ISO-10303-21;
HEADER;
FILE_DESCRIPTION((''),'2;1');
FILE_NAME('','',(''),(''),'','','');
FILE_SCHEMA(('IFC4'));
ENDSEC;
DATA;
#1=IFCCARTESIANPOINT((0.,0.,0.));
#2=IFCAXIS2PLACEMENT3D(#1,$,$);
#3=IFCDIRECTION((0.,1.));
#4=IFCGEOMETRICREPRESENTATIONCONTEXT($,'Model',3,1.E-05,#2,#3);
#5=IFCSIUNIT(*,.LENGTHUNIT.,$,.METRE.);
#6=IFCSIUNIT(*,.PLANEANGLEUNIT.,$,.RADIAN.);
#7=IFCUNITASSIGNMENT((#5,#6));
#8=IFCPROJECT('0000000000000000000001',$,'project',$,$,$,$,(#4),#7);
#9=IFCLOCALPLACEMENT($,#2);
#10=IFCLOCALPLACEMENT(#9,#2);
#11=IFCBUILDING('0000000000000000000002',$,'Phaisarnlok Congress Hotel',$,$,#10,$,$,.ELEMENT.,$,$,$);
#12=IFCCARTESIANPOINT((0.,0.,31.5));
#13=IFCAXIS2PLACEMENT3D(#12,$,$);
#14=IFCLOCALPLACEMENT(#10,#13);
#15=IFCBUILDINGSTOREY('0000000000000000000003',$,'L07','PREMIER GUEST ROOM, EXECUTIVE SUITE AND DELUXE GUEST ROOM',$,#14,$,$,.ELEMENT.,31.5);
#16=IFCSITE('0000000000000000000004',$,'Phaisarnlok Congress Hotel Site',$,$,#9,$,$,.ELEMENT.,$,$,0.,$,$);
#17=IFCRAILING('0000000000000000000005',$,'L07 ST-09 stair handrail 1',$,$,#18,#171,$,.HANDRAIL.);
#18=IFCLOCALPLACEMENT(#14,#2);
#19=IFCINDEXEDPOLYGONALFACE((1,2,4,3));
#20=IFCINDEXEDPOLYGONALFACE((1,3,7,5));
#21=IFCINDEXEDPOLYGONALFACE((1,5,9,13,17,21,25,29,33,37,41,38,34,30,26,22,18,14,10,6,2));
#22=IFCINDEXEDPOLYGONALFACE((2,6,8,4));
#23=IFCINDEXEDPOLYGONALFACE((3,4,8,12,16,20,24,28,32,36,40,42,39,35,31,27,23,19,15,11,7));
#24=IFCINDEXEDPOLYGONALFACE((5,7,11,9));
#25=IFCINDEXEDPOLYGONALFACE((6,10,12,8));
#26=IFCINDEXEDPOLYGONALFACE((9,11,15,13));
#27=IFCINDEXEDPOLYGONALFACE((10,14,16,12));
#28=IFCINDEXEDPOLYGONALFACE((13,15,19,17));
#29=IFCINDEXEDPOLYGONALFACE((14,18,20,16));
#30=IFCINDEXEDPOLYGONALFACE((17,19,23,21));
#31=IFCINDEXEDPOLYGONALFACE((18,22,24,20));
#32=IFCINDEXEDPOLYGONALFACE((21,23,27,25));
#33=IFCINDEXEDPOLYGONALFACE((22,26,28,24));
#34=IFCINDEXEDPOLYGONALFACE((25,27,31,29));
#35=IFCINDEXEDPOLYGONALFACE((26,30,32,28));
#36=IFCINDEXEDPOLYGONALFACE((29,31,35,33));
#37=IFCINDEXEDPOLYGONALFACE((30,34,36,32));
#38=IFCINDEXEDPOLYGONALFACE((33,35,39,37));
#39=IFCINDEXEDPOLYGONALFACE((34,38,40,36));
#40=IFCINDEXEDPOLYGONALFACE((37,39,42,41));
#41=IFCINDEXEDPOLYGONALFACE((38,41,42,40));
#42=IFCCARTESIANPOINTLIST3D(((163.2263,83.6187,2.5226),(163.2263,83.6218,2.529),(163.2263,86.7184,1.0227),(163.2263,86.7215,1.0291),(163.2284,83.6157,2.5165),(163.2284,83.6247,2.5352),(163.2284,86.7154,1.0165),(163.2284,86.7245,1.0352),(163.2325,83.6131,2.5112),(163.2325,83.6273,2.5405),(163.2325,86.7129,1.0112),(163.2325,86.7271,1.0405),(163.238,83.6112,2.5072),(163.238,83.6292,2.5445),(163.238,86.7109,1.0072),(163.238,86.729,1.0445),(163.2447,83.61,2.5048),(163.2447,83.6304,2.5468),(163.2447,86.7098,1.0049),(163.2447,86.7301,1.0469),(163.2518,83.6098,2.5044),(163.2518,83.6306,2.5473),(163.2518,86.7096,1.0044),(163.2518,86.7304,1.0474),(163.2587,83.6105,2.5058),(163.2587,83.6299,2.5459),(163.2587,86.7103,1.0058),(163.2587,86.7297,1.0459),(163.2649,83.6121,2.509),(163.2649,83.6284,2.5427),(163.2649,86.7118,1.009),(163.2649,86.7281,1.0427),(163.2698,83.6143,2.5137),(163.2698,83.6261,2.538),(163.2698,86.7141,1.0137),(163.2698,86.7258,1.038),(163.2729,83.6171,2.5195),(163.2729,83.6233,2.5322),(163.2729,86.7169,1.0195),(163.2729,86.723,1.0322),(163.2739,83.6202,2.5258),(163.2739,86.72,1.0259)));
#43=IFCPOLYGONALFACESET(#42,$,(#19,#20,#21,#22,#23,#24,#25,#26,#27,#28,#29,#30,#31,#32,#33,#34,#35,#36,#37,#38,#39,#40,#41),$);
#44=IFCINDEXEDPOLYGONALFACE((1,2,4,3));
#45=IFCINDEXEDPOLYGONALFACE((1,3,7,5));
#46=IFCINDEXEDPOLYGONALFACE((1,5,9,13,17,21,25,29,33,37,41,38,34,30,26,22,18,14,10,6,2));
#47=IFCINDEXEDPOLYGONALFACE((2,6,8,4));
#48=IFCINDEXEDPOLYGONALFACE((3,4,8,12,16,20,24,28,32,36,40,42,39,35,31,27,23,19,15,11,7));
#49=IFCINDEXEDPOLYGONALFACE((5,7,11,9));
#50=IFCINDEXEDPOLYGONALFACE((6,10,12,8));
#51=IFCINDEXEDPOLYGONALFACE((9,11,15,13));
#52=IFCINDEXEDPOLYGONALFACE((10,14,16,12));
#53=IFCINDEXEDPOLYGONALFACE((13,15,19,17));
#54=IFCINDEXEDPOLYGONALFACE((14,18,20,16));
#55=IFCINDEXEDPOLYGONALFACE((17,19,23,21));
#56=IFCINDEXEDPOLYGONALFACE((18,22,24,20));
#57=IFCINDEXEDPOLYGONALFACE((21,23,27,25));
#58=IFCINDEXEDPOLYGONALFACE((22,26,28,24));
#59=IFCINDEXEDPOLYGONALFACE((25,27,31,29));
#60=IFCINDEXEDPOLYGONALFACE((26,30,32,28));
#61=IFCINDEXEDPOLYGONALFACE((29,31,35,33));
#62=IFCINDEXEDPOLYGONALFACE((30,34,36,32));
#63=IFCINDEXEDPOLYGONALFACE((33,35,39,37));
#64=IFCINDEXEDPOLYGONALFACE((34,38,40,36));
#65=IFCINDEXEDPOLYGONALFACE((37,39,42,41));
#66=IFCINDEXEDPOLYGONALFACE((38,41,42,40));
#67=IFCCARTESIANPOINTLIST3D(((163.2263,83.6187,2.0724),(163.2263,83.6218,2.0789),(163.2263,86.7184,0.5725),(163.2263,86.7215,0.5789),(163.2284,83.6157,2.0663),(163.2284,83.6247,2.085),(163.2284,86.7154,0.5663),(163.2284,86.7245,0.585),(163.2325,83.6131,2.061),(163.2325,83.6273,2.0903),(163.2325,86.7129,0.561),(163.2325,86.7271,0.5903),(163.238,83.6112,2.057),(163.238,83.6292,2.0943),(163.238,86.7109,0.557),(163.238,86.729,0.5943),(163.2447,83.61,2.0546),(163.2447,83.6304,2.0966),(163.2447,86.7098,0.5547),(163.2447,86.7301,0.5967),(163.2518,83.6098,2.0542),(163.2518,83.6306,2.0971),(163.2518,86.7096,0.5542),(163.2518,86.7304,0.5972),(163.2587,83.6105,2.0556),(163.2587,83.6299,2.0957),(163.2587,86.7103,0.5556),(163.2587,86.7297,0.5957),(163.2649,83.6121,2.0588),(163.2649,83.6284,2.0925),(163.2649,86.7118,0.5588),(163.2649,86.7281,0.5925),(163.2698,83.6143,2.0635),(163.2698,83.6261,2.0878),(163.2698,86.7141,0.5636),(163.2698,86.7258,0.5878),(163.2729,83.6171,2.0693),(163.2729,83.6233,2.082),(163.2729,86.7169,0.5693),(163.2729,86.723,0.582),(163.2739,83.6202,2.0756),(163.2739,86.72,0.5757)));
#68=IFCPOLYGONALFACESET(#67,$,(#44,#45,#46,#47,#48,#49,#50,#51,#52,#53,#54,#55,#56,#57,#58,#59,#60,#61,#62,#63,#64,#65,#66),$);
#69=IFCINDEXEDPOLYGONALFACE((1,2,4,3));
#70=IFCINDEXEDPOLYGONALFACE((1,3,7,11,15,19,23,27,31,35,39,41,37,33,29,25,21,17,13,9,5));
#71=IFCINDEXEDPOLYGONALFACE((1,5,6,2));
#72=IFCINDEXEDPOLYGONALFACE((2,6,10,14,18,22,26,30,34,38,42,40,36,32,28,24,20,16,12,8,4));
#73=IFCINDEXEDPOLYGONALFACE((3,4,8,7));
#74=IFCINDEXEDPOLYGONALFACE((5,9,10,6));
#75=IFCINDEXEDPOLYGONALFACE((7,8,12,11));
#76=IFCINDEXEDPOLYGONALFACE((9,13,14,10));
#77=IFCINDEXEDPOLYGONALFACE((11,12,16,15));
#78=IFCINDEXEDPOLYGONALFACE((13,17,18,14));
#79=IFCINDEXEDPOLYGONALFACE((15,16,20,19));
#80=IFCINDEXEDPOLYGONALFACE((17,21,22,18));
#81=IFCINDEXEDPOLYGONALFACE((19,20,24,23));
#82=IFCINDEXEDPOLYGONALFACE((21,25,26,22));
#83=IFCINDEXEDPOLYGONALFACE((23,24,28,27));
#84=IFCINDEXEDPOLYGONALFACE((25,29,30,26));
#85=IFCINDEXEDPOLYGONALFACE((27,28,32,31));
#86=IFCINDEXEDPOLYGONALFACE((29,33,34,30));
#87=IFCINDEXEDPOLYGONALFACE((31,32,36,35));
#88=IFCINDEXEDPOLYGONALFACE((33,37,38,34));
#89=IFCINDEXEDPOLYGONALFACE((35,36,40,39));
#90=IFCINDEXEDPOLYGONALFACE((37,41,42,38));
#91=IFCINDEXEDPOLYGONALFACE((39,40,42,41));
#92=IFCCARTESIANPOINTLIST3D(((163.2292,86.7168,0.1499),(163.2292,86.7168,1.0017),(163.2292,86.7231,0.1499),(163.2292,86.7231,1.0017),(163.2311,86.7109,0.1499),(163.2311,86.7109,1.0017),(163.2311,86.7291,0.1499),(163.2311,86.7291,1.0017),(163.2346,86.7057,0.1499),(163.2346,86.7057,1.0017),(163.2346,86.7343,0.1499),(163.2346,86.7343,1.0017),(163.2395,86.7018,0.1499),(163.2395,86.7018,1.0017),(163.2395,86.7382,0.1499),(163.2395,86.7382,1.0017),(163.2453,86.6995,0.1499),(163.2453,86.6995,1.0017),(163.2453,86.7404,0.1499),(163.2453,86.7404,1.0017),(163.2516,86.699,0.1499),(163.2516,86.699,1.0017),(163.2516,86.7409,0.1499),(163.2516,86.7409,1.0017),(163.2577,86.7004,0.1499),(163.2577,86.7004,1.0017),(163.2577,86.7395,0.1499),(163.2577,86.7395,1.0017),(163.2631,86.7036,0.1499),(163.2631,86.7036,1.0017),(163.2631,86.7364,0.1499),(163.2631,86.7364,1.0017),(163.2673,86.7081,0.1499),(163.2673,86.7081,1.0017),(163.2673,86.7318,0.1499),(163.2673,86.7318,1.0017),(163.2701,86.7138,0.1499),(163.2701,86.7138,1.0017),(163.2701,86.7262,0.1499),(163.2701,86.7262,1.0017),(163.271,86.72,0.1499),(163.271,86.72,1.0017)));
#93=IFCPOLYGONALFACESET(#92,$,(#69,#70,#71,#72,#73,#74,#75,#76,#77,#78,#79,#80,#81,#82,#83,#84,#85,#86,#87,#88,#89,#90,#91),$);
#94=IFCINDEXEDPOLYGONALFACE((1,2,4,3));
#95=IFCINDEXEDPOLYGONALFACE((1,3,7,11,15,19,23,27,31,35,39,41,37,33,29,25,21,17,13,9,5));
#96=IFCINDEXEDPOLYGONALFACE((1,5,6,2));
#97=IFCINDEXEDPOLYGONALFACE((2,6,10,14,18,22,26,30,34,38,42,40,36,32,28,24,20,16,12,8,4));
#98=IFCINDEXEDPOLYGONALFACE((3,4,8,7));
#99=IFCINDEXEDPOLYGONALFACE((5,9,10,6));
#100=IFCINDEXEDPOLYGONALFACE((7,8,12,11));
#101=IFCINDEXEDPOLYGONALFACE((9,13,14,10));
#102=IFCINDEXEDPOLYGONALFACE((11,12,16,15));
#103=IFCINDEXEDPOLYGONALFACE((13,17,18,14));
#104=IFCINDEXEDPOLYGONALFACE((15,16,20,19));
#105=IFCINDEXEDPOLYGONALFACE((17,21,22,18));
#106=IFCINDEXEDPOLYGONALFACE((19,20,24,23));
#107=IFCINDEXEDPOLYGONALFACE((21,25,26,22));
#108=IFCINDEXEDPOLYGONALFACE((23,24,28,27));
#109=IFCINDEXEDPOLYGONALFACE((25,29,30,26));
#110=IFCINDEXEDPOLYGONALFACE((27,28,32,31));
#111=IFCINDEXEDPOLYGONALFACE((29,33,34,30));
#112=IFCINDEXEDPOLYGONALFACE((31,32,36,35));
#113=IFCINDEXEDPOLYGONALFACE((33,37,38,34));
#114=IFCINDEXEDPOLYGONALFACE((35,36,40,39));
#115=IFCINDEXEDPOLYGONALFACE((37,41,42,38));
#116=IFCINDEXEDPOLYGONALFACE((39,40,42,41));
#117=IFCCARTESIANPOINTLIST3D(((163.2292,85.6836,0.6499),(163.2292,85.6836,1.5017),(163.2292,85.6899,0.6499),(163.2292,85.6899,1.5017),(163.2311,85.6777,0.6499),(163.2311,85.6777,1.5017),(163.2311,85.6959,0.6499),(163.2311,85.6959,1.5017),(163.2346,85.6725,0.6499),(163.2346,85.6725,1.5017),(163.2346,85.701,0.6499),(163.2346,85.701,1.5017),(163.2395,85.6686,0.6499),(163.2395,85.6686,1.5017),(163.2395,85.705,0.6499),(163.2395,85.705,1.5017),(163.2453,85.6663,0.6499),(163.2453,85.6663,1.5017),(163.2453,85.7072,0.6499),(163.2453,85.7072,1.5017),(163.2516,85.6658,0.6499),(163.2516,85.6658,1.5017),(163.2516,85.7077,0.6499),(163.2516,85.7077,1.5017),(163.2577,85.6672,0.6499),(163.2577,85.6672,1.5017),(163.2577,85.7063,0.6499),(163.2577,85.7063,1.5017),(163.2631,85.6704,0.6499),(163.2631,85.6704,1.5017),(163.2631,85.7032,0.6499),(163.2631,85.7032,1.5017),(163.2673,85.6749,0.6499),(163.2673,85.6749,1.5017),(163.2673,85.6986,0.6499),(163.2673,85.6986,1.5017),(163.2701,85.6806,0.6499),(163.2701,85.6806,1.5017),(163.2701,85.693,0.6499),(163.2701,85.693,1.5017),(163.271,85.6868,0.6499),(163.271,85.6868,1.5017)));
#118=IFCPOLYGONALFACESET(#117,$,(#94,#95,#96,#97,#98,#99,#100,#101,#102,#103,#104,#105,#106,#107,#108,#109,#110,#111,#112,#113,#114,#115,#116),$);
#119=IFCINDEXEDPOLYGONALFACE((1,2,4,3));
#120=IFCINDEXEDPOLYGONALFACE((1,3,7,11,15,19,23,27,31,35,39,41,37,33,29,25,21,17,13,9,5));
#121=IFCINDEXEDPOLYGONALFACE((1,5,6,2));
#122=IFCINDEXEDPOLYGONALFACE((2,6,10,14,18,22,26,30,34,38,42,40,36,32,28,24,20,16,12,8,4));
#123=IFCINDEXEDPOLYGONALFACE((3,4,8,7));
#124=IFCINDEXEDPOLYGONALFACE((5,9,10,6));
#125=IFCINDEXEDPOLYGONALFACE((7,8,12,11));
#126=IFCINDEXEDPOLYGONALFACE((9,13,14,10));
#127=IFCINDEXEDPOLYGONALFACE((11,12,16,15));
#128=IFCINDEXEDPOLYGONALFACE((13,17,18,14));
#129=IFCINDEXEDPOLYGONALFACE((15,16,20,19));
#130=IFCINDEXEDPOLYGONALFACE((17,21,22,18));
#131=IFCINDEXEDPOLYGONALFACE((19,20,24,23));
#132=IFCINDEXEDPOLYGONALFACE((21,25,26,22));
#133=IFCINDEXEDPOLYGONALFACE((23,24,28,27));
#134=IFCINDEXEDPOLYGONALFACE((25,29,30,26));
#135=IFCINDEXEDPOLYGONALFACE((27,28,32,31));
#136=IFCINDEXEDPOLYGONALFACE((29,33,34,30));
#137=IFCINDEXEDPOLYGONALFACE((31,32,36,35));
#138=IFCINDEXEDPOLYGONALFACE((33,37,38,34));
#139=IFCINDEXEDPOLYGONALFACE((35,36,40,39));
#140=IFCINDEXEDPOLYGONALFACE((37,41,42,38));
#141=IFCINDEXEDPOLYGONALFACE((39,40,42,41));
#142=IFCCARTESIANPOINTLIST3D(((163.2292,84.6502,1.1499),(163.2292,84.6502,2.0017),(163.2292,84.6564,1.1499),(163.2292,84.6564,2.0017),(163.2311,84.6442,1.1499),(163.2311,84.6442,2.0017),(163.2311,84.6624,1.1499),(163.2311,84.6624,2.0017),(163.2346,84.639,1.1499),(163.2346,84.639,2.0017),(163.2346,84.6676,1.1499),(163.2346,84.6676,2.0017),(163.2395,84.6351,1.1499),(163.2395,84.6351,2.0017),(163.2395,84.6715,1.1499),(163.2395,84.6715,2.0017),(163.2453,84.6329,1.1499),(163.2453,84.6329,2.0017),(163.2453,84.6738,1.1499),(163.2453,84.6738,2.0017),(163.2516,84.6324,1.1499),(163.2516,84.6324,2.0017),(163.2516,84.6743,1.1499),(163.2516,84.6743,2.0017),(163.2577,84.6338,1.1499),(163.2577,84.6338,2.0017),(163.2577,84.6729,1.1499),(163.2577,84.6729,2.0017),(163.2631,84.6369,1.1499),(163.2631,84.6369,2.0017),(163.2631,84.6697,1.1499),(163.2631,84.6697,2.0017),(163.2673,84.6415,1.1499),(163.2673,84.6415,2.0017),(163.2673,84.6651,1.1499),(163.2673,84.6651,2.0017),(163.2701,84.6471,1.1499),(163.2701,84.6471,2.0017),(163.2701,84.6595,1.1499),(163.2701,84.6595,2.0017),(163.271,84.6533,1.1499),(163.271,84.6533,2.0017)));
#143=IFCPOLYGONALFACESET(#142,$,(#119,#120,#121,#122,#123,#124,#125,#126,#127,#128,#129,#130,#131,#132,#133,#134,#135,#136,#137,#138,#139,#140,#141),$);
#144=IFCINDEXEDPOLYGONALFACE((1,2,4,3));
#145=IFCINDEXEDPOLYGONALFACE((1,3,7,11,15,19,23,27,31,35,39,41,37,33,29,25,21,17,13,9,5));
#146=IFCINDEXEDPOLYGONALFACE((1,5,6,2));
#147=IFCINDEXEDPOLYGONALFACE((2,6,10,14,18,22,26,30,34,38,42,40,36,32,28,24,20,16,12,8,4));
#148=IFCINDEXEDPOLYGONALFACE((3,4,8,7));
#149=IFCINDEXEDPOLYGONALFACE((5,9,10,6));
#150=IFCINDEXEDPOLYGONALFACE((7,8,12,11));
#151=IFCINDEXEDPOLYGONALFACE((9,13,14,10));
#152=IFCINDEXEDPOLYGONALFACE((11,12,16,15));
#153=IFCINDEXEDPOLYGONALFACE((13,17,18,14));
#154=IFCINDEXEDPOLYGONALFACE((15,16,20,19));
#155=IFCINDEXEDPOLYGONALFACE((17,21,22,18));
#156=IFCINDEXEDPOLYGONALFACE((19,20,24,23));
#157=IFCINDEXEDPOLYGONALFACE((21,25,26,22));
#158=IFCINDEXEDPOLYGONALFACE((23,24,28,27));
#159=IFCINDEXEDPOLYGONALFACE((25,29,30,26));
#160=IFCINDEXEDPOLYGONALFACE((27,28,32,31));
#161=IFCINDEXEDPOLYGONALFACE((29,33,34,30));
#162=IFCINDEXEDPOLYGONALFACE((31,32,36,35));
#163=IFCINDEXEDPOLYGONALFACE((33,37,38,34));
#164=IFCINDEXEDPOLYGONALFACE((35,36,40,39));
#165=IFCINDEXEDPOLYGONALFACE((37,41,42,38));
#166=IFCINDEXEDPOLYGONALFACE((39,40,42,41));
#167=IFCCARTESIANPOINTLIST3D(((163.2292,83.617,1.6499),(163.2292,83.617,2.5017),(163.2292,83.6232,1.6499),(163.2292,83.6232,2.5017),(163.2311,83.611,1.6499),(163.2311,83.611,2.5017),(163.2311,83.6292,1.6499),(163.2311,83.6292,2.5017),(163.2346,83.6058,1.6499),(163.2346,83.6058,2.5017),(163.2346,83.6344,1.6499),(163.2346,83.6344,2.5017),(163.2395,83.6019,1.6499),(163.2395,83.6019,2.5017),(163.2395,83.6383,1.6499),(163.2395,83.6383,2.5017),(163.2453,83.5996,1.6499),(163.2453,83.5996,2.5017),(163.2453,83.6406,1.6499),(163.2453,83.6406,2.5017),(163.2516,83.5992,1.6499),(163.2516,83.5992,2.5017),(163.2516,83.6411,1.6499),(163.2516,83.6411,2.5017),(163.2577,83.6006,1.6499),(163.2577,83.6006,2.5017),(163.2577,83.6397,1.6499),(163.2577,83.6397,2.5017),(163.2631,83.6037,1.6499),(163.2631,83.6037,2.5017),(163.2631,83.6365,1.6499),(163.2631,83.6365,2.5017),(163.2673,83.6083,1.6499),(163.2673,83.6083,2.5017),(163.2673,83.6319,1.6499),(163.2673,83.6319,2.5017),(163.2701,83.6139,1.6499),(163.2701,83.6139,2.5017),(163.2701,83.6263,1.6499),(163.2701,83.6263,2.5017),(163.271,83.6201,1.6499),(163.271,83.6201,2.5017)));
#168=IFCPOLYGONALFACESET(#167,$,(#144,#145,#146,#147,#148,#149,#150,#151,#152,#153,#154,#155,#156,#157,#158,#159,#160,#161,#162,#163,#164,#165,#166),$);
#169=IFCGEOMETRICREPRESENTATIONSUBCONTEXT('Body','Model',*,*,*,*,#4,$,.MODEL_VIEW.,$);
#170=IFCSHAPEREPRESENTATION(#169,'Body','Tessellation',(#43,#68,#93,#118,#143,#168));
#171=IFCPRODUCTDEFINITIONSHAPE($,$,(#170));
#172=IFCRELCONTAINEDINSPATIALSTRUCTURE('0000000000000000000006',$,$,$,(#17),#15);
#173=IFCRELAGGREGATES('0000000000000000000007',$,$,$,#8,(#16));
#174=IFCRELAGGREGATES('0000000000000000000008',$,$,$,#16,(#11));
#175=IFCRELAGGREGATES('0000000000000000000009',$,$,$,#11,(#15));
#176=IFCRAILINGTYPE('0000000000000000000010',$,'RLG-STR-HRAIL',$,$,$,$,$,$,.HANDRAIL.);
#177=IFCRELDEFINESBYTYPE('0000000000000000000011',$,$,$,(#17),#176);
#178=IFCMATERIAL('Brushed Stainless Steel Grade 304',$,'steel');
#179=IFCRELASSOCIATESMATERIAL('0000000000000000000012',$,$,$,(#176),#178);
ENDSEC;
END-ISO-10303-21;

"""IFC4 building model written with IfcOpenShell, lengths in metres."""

from ifc_helpers import new_model, si_unit, direction, frame, origin, origin_2d, place, context, subcontext, project, spatial, circle, extrude, material, type_object, element, save


model = new_model("IFC4")

# Units and contexts
model_context = context("Model", 3, precision=1e-05, world=origin(), true_north=direction((0.0, 1.0)))
body_context = subcontext(model_context, "Body", "Model", "MODEL_VIEW")
ifc_project = project(units=[si_unit("LENGTHUNIT", "METRE"), si_unit("PLANEANGLEUNIT", "RADIAN")], contexts=[model_context])

# Site, building, storey
site_placement = place(None, origin())
site = spatial("IfcSite", under=ifc_project, at=site_placement, Name="Phaisarnlok Congress Hotel Site", CompositionType="ELEMENT", RefElevation=0.0)
building_placement = place(site_placement, origin())
building = spatial("IfcBuilding", under=site, at=building_placement, Name="Phaisarnlok Congress Hotel", CompositionType="ELEMENT")
storey_placement = place(building_placement, frame((0.0, 0.0, 31.5)))
storey = spatial("IfcBuildingStorey", under=building, at=storey_placement, Name="L07", Description="PREMIER GUEST ROOM, EXECUTIVE SUITE AND DELUXE GUEST ROOM", CompositionType="ELEMENT", Elevation=31.5)

# Shared definitions
ifc_material_1 = material(Name="Brushed Stainless Steel Grade 304", Category="steel")

# Railing
railing_type_1 = type_object("IfcRailingType", Name="RLG-STR-HRAIL", PredefinedType="HANDRAIL", material=ifc_material_1)
railing_1_placement = place(storey_placement, frame((163.25, 86.72, 0.1499)))
element("IfcRailing", 1, at=railing_1_placement, inside=storey, type_object=railing_type_1, Name="L07 ST-09 stair handrail 1", PredefinedType="HANDRAIL", context=body_context, shape_type="SweptSolid", body=[
    extrude(circle(Radius=0.0239, at=origin_2d()), frame((0.0, 0.0, 0.876), z_axis=(0.0, -0.900151, 0.435578), x_axis=(1.0, 0.0, 0.0)), (0.0, 0.0, 1.0), 3.4436),
    extrude(circle(Radius=0.0239, at=origin_2d()), frame((0.0, 0.0, 0.4258), z_axis=(0.0, -0.900151, 0.435578), x_axis=(1.0, 0.0, 0.0)), (0.0, 0.0, 1.0), 3.4436),
    extrude(circle(Radius=0.021, at=origin_2d()), origin(), (0.0, 0.0, 1.0), 0.8518),
    extrude(circle(Radius=0.021, at=origin_2d()), frame((0.0, -1.0332, 0.5)), (0.0, 0.0, 1.0), 0.8518),
    extrude(circle(Radius=0.021, at=origin_2d()), frame((0.0, -2.0667, 1.0)), (0.0, 0.0, 1.0), 0.8518),
    extrude(circle(Radius=0.021, at=origin_2d()), frame((0.0, -3.0999, 1.5)), (0.0, 0.0, 1.0), 0.8518),
])

save(model, "model.ifc")
